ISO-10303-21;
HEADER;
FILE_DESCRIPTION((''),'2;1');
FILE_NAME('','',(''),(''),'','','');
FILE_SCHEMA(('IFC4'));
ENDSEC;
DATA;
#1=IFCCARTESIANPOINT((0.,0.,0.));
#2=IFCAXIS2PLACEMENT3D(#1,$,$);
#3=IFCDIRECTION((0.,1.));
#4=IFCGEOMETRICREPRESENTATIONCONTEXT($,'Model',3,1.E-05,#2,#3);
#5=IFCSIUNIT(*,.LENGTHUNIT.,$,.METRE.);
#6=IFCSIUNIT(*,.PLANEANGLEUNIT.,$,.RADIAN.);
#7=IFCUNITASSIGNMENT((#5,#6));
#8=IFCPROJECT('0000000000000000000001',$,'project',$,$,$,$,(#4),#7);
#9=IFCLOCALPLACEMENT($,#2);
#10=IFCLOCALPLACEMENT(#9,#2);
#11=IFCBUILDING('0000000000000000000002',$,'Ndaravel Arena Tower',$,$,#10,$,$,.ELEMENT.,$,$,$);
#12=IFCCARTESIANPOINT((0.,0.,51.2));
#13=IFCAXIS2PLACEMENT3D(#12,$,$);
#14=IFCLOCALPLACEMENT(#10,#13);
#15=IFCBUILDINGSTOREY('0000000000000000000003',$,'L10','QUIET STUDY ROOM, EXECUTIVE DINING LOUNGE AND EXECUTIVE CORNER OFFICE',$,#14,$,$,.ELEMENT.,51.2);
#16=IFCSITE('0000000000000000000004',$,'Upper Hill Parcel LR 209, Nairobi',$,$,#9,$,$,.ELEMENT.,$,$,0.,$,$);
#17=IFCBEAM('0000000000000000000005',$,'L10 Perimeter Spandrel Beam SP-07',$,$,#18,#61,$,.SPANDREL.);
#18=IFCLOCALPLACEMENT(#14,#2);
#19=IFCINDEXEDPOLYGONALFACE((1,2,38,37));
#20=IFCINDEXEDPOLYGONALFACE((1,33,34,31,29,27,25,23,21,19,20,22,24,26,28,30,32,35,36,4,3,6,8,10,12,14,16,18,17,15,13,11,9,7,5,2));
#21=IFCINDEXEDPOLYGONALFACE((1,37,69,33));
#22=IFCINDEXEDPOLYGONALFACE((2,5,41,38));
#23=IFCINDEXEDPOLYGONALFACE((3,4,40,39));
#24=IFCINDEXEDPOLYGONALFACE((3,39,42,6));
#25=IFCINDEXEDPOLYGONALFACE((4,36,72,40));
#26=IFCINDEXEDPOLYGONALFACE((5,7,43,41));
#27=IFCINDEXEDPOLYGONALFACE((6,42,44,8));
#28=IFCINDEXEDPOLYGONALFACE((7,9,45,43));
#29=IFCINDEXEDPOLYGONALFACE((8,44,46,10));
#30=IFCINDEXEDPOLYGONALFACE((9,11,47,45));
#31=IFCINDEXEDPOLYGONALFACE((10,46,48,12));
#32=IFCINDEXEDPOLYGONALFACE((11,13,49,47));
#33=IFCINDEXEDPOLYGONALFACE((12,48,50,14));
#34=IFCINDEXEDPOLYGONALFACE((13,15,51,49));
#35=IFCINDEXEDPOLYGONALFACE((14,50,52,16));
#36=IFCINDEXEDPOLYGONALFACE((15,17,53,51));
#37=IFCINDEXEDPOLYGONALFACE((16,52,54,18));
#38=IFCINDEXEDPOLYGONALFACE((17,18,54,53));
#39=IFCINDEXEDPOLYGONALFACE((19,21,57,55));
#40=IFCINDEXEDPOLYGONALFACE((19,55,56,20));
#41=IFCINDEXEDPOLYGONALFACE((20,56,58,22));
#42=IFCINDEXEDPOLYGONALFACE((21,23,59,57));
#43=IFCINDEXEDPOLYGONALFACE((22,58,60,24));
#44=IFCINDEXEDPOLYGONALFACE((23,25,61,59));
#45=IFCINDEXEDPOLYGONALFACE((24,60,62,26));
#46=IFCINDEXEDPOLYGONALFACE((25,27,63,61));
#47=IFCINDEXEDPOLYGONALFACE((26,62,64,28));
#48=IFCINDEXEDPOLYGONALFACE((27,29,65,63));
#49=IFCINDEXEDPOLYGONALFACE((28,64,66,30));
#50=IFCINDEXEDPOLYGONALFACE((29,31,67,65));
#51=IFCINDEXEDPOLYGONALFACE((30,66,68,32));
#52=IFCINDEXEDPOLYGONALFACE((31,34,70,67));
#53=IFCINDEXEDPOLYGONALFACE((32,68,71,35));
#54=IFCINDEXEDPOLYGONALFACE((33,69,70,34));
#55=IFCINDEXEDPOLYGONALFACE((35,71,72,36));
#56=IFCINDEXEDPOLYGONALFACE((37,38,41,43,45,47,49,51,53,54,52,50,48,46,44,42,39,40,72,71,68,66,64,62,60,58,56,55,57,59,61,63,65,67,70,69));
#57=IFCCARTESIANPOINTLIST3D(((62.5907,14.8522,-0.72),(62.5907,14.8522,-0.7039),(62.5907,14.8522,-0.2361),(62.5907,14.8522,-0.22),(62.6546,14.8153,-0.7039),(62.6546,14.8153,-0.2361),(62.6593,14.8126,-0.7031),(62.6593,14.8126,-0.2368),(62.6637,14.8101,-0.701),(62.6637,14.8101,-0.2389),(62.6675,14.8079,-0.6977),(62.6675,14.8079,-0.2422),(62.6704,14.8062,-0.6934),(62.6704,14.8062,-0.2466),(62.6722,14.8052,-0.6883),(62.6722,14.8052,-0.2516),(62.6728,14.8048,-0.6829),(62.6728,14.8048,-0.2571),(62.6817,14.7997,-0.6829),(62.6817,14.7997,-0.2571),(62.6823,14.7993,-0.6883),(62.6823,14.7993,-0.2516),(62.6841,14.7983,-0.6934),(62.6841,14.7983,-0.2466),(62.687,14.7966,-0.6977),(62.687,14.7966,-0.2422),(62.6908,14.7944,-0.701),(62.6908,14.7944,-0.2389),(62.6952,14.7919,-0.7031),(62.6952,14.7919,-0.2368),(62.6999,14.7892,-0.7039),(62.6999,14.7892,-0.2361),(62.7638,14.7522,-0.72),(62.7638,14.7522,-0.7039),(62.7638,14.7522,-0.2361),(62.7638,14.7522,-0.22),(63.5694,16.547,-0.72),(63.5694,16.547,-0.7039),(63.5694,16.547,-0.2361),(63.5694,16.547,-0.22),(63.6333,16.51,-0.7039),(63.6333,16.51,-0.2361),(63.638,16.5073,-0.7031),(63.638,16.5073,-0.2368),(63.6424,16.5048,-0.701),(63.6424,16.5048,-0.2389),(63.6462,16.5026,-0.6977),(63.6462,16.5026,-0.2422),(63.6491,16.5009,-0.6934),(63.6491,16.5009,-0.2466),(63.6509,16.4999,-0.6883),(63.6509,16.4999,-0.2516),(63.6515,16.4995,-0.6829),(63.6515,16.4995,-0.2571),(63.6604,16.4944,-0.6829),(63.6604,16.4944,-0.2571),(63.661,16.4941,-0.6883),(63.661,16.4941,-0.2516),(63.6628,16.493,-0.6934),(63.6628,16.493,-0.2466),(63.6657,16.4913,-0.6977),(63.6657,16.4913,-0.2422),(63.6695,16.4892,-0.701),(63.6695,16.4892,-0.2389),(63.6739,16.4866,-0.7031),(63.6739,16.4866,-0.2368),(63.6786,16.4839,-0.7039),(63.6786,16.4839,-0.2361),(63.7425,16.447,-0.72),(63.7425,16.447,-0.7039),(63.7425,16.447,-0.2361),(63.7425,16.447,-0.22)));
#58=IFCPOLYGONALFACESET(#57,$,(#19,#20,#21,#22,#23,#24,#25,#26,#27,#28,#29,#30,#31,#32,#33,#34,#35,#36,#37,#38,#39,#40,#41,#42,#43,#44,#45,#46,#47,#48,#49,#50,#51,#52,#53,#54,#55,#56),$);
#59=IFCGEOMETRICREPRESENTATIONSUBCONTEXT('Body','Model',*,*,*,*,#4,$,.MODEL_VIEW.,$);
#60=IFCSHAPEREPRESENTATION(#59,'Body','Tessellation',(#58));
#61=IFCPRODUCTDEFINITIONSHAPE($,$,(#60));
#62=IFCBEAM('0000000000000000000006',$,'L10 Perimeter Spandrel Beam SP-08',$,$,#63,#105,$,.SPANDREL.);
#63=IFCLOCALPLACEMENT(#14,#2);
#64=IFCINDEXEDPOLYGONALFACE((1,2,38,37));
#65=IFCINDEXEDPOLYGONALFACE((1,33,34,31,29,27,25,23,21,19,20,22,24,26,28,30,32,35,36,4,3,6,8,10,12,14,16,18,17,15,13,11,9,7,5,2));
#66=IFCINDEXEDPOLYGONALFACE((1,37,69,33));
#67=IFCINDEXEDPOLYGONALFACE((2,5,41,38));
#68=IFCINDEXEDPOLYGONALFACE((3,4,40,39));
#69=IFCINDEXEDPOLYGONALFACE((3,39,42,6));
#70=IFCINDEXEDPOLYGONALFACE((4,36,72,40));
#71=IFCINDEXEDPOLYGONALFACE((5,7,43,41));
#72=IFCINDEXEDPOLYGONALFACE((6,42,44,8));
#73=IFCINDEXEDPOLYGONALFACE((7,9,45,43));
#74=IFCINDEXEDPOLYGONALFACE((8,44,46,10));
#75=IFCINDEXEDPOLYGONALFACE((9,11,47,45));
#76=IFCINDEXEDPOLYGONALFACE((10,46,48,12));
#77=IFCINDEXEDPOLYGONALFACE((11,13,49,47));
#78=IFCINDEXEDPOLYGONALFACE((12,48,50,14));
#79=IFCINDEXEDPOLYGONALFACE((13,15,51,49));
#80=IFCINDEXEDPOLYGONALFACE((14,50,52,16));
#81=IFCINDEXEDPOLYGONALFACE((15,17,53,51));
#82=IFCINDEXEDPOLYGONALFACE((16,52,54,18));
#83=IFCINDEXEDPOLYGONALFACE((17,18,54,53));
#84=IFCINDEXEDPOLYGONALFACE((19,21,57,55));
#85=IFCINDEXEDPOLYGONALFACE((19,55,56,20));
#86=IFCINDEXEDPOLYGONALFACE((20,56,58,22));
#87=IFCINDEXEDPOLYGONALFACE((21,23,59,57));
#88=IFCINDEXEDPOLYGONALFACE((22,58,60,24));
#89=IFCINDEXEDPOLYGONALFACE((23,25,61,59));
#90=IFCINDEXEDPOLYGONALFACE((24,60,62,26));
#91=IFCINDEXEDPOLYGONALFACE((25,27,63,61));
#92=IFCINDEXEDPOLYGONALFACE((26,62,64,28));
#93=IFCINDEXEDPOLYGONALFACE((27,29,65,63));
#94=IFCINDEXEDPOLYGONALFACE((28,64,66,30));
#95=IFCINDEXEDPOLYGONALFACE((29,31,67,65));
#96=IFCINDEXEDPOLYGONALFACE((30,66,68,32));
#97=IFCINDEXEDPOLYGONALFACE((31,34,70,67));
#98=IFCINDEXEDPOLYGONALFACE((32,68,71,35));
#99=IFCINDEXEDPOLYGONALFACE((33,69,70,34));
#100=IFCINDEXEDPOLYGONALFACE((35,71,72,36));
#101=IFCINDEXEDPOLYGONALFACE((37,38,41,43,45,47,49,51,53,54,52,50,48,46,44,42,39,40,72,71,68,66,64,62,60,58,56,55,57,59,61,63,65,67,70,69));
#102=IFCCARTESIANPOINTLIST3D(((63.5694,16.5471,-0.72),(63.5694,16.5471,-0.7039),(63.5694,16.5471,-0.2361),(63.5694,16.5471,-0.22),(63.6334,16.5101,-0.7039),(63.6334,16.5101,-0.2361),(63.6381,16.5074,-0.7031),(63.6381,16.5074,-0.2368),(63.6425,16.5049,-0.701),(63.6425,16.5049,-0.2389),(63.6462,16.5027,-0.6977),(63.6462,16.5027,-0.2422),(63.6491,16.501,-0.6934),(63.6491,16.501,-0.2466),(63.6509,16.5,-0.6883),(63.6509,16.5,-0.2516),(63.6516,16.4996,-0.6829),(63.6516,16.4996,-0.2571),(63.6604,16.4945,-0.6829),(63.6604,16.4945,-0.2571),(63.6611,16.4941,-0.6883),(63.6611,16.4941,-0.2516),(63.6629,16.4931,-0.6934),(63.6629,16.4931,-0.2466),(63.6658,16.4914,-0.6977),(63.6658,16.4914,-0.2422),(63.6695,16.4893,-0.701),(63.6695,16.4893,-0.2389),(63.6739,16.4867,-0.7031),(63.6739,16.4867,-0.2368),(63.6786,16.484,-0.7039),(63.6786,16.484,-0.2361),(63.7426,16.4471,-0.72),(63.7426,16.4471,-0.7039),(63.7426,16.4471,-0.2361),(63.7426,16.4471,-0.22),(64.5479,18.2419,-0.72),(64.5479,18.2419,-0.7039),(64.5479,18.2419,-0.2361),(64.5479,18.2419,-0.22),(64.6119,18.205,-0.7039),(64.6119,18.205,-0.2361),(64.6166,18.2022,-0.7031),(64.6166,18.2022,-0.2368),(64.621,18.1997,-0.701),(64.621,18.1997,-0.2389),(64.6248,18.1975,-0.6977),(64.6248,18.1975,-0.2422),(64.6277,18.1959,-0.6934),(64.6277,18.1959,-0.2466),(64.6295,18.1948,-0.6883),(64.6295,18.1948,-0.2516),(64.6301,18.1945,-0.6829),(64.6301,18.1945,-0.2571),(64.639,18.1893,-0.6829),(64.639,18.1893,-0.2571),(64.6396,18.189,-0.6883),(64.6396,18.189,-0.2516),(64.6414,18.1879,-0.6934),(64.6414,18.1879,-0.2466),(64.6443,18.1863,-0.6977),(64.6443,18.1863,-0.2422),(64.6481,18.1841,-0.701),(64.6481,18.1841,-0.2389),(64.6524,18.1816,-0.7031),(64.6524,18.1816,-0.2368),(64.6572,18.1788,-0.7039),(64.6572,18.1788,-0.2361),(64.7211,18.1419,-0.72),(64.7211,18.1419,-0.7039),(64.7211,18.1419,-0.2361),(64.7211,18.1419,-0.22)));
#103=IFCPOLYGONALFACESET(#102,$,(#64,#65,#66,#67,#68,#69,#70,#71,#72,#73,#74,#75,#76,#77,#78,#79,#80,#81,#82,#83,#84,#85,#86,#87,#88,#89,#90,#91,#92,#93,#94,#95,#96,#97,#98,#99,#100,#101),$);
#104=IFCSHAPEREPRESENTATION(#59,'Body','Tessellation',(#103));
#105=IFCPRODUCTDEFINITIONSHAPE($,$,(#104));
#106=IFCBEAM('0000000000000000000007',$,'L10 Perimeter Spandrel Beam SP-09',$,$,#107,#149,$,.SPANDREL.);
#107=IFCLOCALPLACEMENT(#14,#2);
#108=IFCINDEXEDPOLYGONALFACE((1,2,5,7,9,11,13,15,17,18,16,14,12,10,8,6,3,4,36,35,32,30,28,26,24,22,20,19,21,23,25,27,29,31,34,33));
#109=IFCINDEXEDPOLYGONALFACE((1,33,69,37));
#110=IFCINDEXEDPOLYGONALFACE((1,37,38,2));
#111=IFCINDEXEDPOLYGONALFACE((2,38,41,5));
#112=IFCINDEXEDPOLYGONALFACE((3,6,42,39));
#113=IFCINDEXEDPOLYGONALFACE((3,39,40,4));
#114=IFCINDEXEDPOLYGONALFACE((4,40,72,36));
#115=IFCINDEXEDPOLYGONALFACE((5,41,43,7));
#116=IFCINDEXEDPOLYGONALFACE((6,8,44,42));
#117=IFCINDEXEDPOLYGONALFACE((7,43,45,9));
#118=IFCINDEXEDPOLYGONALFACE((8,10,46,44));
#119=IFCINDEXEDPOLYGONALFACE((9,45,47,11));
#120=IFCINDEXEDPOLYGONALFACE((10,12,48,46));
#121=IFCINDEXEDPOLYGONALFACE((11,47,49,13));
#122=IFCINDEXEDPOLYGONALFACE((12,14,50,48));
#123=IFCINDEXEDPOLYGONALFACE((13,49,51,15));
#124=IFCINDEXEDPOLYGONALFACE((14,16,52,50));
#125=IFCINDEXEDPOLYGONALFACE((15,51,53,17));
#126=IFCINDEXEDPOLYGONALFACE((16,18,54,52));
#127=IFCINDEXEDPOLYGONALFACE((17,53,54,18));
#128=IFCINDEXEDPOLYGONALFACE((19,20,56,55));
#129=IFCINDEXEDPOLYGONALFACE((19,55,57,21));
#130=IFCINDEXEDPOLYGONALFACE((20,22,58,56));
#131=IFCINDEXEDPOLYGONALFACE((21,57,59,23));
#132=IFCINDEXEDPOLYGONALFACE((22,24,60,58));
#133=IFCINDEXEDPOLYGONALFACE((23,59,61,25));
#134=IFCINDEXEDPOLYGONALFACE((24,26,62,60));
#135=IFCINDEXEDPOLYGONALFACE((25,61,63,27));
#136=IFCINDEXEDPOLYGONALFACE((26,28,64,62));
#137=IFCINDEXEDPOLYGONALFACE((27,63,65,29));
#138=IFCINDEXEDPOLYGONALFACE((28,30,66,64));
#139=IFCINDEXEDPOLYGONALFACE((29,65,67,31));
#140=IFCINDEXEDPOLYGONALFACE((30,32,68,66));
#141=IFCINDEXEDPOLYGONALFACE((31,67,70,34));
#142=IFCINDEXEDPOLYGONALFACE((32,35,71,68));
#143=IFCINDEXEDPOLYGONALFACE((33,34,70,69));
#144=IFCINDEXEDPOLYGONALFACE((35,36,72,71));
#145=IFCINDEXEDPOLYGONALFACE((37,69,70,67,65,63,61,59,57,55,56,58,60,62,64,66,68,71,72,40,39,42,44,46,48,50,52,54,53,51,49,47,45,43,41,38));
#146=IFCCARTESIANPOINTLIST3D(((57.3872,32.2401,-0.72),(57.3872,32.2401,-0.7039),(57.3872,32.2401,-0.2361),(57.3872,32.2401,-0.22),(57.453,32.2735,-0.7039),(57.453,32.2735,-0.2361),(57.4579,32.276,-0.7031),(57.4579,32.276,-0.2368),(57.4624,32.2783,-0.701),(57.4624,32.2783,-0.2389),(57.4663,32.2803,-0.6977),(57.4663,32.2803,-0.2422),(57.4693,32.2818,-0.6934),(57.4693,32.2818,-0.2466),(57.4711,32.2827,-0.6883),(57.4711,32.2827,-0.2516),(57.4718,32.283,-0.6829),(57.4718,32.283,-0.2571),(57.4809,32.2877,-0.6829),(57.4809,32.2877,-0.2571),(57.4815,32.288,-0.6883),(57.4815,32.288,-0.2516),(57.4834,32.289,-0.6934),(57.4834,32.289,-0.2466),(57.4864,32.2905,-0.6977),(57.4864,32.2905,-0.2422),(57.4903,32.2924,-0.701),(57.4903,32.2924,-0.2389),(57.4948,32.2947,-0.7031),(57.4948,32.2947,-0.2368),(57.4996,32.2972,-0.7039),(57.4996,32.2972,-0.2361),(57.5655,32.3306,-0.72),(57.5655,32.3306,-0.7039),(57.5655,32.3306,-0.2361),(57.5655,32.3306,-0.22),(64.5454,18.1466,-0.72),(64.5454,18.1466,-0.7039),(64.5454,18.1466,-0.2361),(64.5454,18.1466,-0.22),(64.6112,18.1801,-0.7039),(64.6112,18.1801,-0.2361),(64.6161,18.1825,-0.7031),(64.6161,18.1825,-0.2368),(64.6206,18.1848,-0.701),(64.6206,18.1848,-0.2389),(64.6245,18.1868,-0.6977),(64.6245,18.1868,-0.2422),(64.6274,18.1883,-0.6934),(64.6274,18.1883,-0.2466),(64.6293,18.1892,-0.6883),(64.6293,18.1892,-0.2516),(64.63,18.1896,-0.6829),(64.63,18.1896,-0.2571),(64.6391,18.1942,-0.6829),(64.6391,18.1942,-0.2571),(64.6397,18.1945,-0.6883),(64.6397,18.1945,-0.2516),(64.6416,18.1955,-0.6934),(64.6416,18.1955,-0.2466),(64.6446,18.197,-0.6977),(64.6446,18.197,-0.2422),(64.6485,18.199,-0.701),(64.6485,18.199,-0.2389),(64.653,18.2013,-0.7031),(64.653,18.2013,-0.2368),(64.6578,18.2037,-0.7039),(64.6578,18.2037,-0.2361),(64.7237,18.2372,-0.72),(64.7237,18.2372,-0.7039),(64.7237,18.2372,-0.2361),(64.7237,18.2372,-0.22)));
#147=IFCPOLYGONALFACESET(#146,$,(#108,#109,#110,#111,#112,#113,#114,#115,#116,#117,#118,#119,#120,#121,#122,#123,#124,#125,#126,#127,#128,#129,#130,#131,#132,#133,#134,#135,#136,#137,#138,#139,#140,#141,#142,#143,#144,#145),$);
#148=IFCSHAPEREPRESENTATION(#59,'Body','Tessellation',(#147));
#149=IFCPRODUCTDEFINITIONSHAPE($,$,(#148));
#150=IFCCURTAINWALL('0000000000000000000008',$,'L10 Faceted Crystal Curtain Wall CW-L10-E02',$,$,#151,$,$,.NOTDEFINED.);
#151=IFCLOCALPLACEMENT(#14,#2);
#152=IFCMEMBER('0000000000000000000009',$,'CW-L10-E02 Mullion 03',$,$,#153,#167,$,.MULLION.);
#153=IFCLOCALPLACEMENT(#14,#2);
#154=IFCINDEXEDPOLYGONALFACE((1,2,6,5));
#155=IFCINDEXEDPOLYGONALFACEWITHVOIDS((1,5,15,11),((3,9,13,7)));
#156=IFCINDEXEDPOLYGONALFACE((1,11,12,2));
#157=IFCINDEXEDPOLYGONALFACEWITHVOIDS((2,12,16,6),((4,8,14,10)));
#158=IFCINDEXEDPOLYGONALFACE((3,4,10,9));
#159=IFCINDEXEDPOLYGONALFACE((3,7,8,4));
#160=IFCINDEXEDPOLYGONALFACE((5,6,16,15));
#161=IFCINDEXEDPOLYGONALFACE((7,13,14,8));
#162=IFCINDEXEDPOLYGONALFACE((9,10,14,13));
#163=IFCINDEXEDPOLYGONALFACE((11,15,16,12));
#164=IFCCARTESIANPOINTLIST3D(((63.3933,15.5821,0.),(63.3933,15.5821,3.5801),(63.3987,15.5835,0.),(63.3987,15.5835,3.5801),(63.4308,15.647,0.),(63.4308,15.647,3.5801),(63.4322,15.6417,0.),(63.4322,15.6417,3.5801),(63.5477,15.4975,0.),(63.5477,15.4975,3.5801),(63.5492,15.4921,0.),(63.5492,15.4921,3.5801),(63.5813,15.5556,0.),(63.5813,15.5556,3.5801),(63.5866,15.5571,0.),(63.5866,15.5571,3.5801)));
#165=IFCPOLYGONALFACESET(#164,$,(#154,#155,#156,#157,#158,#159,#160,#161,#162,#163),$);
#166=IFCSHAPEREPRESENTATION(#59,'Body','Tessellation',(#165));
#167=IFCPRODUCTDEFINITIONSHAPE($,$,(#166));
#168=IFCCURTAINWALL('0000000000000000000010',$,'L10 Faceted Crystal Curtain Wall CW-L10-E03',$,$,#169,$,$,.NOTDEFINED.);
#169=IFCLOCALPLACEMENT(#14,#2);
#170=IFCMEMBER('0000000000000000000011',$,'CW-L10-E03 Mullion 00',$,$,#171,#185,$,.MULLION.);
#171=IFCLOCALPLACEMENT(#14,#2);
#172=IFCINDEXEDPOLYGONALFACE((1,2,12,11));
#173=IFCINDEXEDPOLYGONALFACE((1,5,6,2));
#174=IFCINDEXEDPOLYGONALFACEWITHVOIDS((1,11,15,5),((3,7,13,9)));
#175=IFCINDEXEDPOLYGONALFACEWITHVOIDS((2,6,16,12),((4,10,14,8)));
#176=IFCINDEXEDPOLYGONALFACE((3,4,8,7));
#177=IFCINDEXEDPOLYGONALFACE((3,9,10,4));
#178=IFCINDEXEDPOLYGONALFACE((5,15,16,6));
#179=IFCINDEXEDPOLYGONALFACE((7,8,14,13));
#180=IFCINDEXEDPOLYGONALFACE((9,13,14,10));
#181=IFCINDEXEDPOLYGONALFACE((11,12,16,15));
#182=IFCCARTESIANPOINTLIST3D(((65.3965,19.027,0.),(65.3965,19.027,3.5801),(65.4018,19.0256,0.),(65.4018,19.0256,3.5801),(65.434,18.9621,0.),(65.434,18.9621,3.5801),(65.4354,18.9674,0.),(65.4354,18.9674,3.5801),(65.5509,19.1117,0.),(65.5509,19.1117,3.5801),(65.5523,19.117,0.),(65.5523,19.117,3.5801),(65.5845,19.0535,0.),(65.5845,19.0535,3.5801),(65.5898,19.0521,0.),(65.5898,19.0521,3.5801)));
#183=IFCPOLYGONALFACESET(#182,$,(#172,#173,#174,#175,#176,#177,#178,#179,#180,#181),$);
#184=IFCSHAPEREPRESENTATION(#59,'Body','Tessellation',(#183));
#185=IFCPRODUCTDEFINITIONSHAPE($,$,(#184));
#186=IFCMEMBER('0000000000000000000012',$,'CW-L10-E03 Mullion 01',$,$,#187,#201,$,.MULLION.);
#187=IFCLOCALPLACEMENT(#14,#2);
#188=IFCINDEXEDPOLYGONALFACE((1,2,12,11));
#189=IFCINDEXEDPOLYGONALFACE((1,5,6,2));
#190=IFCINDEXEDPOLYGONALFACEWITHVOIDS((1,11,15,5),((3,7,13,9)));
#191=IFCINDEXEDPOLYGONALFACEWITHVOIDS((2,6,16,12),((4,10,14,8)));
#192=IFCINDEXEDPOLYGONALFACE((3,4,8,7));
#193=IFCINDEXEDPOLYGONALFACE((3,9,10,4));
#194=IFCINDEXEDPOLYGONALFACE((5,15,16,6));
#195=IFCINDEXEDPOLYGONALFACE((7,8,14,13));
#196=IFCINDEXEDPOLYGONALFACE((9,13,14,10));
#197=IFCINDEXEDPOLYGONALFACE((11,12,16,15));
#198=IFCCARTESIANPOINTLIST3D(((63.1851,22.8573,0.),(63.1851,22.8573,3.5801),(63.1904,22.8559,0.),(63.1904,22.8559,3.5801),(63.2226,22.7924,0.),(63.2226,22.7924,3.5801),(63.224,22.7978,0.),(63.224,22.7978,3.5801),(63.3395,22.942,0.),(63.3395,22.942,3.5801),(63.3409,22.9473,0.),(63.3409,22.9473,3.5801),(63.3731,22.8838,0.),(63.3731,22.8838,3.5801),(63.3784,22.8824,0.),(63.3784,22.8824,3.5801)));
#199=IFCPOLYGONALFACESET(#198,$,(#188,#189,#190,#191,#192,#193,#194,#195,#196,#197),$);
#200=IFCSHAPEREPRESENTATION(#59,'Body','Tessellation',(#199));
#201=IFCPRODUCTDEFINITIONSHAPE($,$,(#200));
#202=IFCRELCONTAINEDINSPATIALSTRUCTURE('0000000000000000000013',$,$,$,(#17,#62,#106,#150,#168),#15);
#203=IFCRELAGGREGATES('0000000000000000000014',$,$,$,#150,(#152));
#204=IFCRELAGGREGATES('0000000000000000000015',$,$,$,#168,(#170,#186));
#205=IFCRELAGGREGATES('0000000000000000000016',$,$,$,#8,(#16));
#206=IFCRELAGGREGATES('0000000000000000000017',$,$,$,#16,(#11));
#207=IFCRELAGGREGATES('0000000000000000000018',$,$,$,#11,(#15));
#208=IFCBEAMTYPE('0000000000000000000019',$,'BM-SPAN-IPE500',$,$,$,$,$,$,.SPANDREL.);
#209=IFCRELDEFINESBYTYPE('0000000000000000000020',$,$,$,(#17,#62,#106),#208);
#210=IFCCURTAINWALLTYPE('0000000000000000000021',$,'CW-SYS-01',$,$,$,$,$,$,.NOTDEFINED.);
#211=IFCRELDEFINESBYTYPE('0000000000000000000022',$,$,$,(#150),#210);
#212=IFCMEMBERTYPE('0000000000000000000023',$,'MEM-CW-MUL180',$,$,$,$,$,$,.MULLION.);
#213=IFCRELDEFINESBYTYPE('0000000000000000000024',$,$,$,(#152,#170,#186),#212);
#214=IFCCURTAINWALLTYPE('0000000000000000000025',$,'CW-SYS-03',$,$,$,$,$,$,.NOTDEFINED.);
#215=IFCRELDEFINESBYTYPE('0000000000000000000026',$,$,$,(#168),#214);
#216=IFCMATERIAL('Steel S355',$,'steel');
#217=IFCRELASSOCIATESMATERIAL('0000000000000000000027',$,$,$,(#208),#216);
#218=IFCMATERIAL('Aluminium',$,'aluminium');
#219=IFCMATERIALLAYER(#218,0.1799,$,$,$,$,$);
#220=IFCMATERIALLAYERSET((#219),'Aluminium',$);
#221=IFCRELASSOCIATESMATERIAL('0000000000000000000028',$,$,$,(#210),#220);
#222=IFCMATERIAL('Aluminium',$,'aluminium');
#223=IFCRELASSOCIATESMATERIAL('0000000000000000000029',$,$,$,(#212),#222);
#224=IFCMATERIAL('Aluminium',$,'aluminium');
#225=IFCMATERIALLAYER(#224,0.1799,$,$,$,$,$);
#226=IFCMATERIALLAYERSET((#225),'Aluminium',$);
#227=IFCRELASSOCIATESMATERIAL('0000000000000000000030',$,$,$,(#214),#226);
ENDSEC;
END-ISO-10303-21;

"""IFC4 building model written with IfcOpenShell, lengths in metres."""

from ifc_helpers import new_model, si_unit, direction, frame, origin, origin_2d, place, context, subcontext, project, spatial, hollow_rectangle, i_section, extrude, material, layer, layer_set, material_profile, profile_set, type_object, element, aggregate, save


model = new_model("IFC4")

# Units and contexts
model_context = context("Model", 3, precision=1e-05, world=origin(), true_north=direction((0.0, 1.0)))
body_context = subcontext(model_context, "Body", "Model", "MODEL_VIEW")
ifc_project = project(units=[si_unit("LENGTHUNIT", "METRE"), si_unit("PLANEANGLEUNIT", "RADIAN")], contexts=[model_context])

# Site, building, storey
site_placement = place(None, origin())
site = spatial("IfcSite", under=ifc_project, at=site_placement, Name="Upper Hill Parcel LR 209, Nairobi", CompositionType="ELEMENT", RefElevation=0.0)
building_placement = place(site_placement, origin())
building = spatial("IfcBuilding", under=site, at=building_placement, Name="Ndaravel Arena Tower", CompositionType="ELEMENT")
storey_placement = place(building_placement, frame((0.0, 0.0, 51.2)))
storey = spatial("IfcBuildingStorey", under=building, at=storey_placement, Name="L10", Description="QUIET STUDY ROOM, EXECUTIVE DINING LOUNGE AND EXECUTIVE CORNER OFFICE", CompositionType="ELEMENT", Elevation=51.2)

# Beams
ifc_material_1 = material(Name="Steel S355", Category="steel")
ifc_material_profile_1 = material_profile(ifc_material_1, i_section(OverallWidth=0.2, OverallDepth=0.5, WebThickness=0.0103, FlangeThickness=0.0161, FilletRadius=0.021, at=origin_2d()), Name="IPE 500")
ifc_profile_set_1 = profile_set([ifc_material_profile_1], Name="Steel S355")
beam_type_1 = type_object("IfcBeamType", Name="BM-SPAN-IPE500", PredefinedType="SPANDREL", material=ifc_profile_set_1)
for number, where, z_axis, x_axis, name in (
    (1, (62.6772, 14.8022, -0.47), (0.500097, 0.86597, 0.0), (-0.86597, 0.500097, 0.0), "L10 Perimeter Spandrel Beam SP-07"),
    (2, (63.656, 16.4971, -0.47), (0.500003, 0.866024, 0.0), (-0.866024, 0.500003, 0.0), "L10 Perimeter Spandrel Beam SP-08"),
):
    element("IfcBeam", number, at=place(storey_placement, frame(where, z_axis=z_axis, x_axis=x_axis)), inside=storey, type_object=beam_type_1, Name=name, PredefinedType="SPANDREL", context=body_context, shape_type="SweptSolid", body=[
        extrude(i_section(OverallWidth=0.2, OverallDepth=0.5, WebThickness=0.0103, FlangeThickness=0.0161, FilletRadius=0.021, at=origin_2d()), origin(), (0.0, 0.0, 1.0), 1.957),
    ])
beam_1_placement = place(storey_placement, frame((64.6345, 18.1919, -0.47), z_axis=(-0.452845, 0.891589, 0.0), x_axis=(-0.891589, -0.452845, 0.0)))
element("IfcBeam", 3, at=beam_1_placement, inside=storey, type_object=beam_type_1, Name="L10 Perimeter Spandrel Beam SP-09", PredefinedType="SPANDREL", context=body_context, shape_type="SweptSolid", body=[
    extrude(i_section(OverallWidth=0.2, OverallDepth=0.5, WebThickness=0.0103, FlangeThickness=0.0161, FilletRadius=0.021, at=origin_2d()), origin(), (0.0, 0.0, 1.0), 15.8071),
])

# Curtain wall, member
ifc_material_2 = material(Name="Aluminium", Category="aluminium")
ifc_layer_1 = layer(ifc_material_2, 0.1799)
ifc_layer_set_1 = layer_set([ifc_layer_1], Name="Aluminium")
curtain_wall_type_1 = type_object("IfcCurtainWallType", Name="CW-SYS-01", PredefinedType="NOTDEFINED", material=ifc_layer_set_1)
curtain_wall_1_placement = place(storey_placement, origin())
curtain_wall_1 = element("IfcCurtainWall", 4, at=curtain_wall_1_placement, inside=storey, type_object=curtain_wall_type_1, Name="L10 Faceted Crystal Curtain Wall CW-L10-E02", PredefinedType="NOTDEFINED")
ifc_material_3 = material(Name="Aluminium", Category="aluminium")
ifc_material_profile_2 = material_profile(ifc_material_3, hollow_rectangle(XDim=0.075, YDim=0.1799, WallThickness=0.0039, at=origin_2d()), Name="CW MULLION 75x180x4")
ifc_profile_set_2 = profile_set([ifc_material_profile_2], Name="Aluminium")
member_type_1 = type_object("IfcMemberType", Name="MEM-CW-MUL180", PredefinedType="MULLION", material=ifc_profile_set_2)
member_1_placement = place(storey_placement, frame((63.49, 15.5696, 0.0), z_axis=(0.0, 0.0, 1.0), x_axis=(0.5, 0.866025, 0.0)))
member_1 = element("IfcMember", 5, at=member_1_placement, type_object=member_type_1, Name="CW-L10-E02 Mullion 03", PredefinedType="MULLION", context=body_context, shape_type="SweptSolid", body=[
    extrude(hollow_rectangle(XDim=0.075, YDim=0.1799, WallThickness=0.0039, at=origin_2d()), origin(), (0.0, 0.0, 1.0), 3.5801),
])

# Curtain wall, members
ifc_material_4 = material(Name="Aluminium", Category="aluminium")
ifc_layer_2 = layer(ifc_material_4, 0.1799)
ifc_layer_set_2 = layer_set([ifc_layer_2], Name="Aluminium")
curtain_wall_type_2 = type_object("IfcCurtainWallType", Name="CW-SYS-03", PredefinedType="NOTDEFINED", material=ifc_layer_set_2)
curtain_wall_2_placement = place(storey_placement, origin())
curtain_wall_2 = element("IfcCurtainWall", 6, at=curtain_wall_2_placement, inside=storey, type_object=curtain_wall_type_2, Name="L10 Faceted Crystal Curtain Wall CW-L10-E03", PredefinedType="NOTDEFINED")
member_2_placement = place(storey_placement, frame((65.4932, 19.0396, 0.0), z_axis=(0.0, 0.0, 1.0), x_axis=(-0.5, 0.866025, 0.0)))
member_2 = element("IfcMember", 7, at=member_2_placement, type_object=member_type_1, Name="CW-L10-E03 Mullion 00", PredefinedType="MULLION", context=body_context, shape_type="SweptSolid", body=[
    extrude(hollow_rectangle(XDim=0.075, YDim=0.1799, WallThickness=0.0039, at=origin_2d()), origin(), (0.0, 0.0, 1.0), 3.5801),
])
member_3_placement = place(storey_placement, frame((63.2817, 22.8699, 0.0), z_axis=(0.0, 0.0, 1.0), x_axis=(-0.5, 0.866025, 0.0)))
member_3 = element("IfcMember", 8, at=member_3_placement, type_object=member_type_1, Name="CW-L10-E03 Mullion 01", PredefinedType="MULLION", context=body_context, shape_type="SweptSolid", body=[
    extrude(hollow_rectangle(XDim=0.075, YDim=0.1799, WallThickness=0.0039, at=origin_2d()), origin(), (0.0, 0.0, 1.0), 3.5801),
])

aggregate(curtain_wall_1, [member_1])
aggregate(curtain_wall_2, [member_2, member_3])

save(model, "model.ifc")
